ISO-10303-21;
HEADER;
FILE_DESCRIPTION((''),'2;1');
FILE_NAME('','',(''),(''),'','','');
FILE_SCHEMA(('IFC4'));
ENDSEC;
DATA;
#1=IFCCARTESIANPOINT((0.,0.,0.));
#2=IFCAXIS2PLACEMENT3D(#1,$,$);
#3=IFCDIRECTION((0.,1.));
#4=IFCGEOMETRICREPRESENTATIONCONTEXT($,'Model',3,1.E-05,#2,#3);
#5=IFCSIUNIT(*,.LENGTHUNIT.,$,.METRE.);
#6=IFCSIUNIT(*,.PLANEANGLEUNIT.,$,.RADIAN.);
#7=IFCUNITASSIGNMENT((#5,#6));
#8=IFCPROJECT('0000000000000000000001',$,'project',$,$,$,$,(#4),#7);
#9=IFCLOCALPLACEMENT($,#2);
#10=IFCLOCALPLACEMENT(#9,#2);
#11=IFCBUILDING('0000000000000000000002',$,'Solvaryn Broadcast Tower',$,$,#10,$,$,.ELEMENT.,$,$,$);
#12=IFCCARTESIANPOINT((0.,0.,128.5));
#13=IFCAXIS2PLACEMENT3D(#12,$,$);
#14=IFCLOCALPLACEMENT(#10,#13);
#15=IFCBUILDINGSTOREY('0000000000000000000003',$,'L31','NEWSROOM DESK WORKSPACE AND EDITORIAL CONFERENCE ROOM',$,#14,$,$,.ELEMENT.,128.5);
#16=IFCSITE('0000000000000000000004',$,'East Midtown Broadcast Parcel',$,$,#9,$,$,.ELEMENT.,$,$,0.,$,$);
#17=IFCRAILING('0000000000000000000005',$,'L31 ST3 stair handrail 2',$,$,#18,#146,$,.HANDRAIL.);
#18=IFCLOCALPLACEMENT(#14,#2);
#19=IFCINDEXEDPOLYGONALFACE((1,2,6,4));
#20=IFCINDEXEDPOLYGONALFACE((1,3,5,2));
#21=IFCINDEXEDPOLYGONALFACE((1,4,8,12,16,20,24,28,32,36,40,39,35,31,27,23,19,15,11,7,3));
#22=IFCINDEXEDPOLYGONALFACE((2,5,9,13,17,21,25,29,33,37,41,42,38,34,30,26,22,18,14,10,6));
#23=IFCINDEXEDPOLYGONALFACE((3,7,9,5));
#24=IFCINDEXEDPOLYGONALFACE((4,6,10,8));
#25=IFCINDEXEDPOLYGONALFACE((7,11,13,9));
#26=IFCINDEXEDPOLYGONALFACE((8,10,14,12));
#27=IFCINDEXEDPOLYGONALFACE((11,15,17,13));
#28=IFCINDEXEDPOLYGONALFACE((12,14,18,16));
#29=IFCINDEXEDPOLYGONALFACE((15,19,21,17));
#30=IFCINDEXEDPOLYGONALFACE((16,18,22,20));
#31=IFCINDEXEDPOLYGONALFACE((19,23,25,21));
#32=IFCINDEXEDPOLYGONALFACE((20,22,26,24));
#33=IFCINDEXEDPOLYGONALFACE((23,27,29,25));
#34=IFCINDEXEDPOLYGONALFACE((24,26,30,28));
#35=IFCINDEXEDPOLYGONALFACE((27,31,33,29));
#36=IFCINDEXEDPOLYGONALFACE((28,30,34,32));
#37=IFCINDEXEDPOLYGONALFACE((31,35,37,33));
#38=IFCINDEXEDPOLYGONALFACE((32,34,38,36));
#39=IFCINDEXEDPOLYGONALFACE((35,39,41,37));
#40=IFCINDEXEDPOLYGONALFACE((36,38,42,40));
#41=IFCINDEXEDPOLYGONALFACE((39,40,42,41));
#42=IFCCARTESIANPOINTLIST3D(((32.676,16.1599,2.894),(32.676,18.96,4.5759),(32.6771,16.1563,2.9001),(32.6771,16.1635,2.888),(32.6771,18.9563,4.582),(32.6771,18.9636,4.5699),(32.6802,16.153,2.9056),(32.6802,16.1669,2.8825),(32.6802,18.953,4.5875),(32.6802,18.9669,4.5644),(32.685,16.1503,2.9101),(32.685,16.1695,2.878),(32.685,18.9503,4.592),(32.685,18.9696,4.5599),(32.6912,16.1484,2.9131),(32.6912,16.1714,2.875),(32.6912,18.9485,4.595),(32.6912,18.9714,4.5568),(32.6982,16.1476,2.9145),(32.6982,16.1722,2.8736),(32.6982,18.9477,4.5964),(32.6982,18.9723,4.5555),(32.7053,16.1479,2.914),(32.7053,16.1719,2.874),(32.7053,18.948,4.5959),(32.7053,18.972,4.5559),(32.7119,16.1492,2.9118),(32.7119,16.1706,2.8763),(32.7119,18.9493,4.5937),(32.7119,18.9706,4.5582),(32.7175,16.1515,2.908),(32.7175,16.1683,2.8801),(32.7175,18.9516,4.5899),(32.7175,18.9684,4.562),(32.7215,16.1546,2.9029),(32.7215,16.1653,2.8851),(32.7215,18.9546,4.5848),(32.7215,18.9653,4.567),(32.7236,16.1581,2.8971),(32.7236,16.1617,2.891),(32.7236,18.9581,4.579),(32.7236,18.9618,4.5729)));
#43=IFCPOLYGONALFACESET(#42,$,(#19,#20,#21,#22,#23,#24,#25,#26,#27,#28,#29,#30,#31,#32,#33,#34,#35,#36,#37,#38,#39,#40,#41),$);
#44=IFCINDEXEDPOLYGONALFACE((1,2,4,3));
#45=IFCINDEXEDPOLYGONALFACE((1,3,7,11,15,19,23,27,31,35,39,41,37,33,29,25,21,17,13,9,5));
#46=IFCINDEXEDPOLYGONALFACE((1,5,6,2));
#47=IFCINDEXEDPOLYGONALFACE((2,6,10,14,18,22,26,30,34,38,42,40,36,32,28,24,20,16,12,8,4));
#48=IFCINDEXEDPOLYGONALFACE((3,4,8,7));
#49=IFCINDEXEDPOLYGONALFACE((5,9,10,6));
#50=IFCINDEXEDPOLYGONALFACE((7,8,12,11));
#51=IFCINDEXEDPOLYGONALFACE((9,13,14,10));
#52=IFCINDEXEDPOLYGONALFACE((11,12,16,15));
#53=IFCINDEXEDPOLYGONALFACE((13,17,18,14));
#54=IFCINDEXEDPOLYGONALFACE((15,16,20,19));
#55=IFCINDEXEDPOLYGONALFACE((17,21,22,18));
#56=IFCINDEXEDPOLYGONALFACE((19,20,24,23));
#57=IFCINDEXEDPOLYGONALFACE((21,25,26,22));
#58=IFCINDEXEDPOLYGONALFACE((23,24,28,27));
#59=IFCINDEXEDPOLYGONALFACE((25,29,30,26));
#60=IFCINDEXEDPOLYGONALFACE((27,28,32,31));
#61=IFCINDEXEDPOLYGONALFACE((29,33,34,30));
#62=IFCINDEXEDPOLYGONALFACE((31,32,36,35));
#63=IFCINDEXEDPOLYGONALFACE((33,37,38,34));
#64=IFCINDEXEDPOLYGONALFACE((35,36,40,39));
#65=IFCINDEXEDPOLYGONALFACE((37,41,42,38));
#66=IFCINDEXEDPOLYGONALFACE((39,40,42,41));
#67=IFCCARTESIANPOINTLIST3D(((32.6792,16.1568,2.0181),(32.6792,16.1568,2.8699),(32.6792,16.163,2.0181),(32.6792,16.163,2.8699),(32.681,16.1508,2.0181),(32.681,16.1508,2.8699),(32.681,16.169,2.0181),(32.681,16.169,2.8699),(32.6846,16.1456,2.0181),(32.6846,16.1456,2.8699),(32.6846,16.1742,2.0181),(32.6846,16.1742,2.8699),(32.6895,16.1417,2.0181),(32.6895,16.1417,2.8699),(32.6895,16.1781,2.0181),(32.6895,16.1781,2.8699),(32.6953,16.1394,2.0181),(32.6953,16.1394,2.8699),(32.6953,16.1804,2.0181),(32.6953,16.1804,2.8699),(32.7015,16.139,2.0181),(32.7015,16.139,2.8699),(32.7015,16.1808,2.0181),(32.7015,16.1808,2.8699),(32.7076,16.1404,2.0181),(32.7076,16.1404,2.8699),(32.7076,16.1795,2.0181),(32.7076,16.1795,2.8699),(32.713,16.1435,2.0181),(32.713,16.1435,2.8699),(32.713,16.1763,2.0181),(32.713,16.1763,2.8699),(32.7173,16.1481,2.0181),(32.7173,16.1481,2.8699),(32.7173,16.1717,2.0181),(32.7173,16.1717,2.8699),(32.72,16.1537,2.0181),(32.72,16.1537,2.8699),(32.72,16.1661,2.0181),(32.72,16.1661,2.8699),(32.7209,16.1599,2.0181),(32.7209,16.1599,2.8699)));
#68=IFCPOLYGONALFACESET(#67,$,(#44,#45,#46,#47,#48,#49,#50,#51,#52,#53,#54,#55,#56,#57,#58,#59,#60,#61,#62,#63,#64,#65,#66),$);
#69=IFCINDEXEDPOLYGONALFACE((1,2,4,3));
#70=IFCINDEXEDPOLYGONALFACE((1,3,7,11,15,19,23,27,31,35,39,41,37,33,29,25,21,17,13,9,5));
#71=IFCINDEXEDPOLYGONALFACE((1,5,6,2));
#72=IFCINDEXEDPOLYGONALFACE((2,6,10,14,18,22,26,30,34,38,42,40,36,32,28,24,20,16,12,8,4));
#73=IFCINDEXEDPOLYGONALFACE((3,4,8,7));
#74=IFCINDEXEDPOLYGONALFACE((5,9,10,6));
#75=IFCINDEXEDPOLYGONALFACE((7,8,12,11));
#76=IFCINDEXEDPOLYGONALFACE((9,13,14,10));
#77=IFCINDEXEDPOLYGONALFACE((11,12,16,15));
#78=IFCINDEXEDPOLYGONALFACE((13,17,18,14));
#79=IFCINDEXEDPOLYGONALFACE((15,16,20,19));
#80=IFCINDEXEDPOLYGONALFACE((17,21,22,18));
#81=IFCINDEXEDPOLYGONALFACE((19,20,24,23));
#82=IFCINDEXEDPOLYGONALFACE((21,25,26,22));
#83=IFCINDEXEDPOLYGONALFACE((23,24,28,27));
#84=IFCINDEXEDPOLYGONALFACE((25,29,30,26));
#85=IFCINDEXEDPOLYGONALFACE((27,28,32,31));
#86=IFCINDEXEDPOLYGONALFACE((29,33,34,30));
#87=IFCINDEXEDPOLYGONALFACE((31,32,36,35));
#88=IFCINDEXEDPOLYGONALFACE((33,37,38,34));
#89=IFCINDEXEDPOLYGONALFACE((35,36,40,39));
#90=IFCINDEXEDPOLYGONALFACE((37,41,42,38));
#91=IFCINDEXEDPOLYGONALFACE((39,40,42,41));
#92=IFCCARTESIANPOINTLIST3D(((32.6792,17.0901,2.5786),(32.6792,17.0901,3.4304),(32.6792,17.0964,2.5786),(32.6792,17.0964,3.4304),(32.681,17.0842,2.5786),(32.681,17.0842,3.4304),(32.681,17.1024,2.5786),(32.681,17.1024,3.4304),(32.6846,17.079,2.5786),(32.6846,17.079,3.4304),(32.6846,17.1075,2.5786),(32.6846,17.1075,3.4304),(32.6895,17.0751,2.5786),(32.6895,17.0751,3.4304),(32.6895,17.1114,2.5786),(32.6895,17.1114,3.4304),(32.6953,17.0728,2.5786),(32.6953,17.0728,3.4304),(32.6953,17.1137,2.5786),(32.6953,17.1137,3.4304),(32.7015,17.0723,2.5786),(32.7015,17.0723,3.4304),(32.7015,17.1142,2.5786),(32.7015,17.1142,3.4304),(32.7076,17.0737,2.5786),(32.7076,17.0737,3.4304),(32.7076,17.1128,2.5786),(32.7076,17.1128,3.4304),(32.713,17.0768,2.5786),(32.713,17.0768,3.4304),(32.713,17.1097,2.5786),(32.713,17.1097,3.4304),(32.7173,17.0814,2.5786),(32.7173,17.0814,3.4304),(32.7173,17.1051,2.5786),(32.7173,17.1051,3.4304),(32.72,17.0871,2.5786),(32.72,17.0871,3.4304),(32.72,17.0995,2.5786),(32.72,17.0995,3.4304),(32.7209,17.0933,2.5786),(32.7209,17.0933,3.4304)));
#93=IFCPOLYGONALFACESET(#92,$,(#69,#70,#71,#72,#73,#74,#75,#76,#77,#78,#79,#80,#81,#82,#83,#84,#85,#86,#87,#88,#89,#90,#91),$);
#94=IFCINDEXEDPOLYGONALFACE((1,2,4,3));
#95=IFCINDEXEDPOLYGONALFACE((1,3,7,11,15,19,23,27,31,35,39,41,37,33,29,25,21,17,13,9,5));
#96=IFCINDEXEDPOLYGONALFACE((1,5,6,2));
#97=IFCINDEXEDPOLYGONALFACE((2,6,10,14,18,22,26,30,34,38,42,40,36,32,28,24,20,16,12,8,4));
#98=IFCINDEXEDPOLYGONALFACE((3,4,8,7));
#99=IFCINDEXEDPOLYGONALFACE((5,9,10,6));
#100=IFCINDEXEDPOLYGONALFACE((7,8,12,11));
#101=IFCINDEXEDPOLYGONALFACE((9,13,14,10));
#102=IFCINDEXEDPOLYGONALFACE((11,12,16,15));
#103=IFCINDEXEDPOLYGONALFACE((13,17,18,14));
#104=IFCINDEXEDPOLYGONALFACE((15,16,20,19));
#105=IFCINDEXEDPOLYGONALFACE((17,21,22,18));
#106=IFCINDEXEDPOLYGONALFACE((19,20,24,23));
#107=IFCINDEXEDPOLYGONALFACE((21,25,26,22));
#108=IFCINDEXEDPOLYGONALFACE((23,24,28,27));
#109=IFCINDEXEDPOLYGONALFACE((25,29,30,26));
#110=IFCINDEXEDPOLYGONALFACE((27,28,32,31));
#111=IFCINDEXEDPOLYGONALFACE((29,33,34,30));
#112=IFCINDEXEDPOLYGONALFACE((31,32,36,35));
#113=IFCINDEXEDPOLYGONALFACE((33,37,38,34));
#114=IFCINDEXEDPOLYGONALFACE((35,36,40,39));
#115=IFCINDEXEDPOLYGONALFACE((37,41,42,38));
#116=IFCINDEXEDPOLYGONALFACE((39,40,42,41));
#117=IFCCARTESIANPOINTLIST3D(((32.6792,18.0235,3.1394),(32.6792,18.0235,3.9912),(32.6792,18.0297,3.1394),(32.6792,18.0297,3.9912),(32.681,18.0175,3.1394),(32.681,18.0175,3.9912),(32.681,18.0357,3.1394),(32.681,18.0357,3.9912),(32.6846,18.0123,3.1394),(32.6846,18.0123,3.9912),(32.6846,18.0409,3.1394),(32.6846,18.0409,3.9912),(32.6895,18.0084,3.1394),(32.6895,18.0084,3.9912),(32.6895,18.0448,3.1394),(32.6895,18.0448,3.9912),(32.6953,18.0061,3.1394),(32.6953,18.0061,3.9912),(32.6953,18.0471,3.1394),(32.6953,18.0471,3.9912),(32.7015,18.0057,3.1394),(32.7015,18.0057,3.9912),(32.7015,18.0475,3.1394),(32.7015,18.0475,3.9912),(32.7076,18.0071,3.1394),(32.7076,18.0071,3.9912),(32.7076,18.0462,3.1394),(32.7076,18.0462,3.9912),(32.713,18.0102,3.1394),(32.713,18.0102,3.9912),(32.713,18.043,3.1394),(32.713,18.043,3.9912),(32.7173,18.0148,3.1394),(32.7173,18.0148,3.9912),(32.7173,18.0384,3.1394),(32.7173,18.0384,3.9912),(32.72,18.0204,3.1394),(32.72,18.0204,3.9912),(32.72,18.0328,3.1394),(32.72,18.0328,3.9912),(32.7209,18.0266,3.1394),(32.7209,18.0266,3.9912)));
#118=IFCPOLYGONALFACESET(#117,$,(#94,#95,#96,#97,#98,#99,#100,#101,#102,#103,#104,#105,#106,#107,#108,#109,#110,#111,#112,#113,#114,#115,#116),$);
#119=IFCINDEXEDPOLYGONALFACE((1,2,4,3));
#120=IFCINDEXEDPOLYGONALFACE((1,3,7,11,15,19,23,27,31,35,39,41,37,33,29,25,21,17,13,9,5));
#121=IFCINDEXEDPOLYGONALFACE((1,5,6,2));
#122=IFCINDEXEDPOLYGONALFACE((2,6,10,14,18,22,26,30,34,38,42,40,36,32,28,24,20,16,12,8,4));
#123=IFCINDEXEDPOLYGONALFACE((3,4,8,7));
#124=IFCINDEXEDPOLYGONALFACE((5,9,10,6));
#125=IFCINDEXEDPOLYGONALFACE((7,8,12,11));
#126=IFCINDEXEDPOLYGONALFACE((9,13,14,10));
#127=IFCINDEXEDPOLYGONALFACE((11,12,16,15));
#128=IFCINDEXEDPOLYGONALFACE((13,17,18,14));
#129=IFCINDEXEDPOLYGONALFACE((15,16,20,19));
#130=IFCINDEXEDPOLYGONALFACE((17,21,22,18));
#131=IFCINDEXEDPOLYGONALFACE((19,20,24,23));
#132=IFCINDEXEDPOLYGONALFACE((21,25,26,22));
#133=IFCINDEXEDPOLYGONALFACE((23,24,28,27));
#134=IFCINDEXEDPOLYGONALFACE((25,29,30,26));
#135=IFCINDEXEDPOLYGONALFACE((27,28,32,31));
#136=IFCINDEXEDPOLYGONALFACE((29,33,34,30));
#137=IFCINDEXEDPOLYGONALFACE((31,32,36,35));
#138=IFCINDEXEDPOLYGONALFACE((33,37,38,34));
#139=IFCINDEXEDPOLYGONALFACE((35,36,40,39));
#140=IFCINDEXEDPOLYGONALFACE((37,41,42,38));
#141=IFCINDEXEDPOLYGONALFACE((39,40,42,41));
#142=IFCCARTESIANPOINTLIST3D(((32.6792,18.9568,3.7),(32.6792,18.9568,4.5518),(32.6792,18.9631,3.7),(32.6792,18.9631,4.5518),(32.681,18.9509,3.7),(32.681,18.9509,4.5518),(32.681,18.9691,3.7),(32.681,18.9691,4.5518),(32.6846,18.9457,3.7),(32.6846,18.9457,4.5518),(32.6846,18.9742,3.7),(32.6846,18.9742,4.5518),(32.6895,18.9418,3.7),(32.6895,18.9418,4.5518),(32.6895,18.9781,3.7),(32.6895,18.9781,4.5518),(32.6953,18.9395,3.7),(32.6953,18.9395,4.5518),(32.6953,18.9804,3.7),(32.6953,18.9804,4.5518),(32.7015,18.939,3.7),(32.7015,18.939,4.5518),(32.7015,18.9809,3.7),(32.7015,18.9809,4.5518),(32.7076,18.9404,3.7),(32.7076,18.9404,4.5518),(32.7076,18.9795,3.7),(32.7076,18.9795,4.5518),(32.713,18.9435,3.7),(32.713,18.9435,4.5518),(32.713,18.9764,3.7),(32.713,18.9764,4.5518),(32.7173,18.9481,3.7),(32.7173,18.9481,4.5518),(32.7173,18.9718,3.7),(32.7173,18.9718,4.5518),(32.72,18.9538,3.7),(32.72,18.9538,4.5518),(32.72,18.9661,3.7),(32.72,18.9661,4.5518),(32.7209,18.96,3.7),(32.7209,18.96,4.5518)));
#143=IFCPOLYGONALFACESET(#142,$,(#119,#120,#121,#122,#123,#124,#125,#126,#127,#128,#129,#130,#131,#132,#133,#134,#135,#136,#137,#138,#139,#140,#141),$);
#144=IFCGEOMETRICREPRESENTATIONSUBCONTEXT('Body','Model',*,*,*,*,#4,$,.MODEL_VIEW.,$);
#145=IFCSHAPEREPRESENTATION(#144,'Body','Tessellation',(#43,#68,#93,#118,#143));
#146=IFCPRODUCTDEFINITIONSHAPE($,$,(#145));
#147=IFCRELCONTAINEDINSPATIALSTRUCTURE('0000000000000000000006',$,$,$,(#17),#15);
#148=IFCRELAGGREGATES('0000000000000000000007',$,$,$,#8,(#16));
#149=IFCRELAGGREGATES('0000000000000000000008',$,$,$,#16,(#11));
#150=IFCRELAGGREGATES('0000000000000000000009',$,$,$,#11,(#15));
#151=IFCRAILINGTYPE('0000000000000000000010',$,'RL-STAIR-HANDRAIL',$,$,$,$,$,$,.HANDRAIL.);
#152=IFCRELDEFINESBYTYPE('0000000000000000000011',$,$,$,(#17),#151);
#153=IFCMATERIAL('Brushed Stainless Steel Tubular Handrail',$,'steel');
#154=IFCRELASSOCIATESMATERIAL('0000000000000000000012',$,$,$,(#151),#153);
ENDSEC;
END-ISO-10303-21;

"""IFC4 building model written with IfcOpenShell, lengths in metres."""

from ifc_helpers import new_model, si_unit, direction, frame, origin, origin_2d, place, context, subcontext, project, spatial, circle, extrude, material, type_object, element, save


model = new_model("IFC4")

# Units and contexts
model_context = context("Model", 3, precision=1e-05, world=origin(), true_north=direction((0.0, 1.0)))
body_context = subcontext(model_context, "Body", "Model", "MODEL_VIEW")
ifc_project = project(units=[si_unit("LENGTHUNIT", "METRE"), si_unit("PLANEANGLEUNIT", "RADIAN")], contexts=[model_context])

# Site, building, storey
site_placement = place(None, origin())
site = spatial("IfcSite", under=ifc_project, at=site_placement, Name="East Midtown Broadcast Parcel", CompositionType="ELEMENT", RefElevation=0.0)
building_placement = place(site_placement, origin())
building = spatial("IfcBuilding", under=site, at=building_placement, Name="Solvaryn Broadcast Tower", CompositionType="ELEMENT")
storey_placement = place(building_placement, frame((0.0, 0.0, 128.5)))
storey = spatial("IfcBuildingStorey", under=building, at=storey_placement, Name="L31", Description="NEWSROOM DESK WORKSPACE AND EDITORIAL CONFERENCE ROOM", CompositionType="ELEMENT", Elevation=128.5)

# Railing
ifc_material_1 = material(Name="Brushed Stainless Steel Tubular Handrail", Category="steel")
railing_type_1 = type_object("IfcRailingType", Name="RL-STAIR-HANDRAIL", PredefinedType="HANDRAIL", material=ifc_material_1)
railing_1_placement = place(storey_placement, frame((32.7, 16.1599, 2.0181)))
element("IfcRailing", 1, at=railing_1_placement, inside=storey, type_object=railing_type_1, Name="L31 ST3 stair handrail 2", PredefinedType="HANDRAIL", context=body_context, shape_type="SweptSolid", body=[
    extrude(circle(Radius=0.0239, at=origin_2d()), frame((0.0, 0.0, 0.876), z_axis=(0.0, 0.857242, 0.514913), x_axis=(-1.0, 0.0, 0.0)), (0.0, 0.0, 1.0), 3.2664),
    extrude(circle(Radius=0.021, at=origin_2d()), origin(), (0.0, 0.0, 1.0), 0.8518),
    extrude(circle(Radius=0.021, at=origin_2d()), frame((0.0, 0.9333, 0.5605)), (0.0, 0.0, 1.0), 0.8518),
    extrude(circle(Radius=0.021, at=origin_2d()), frame((0.0, 1.8667, 1.1213)), (0.0, 0.0, 1.0), 0.8518),
    extrude(circle(Radius=0.021, at=origin_2d()), frame((0.0, 2.8, 1.6819)), (0.0, 0.0, 1.0), 0.8518),
])

save(model, "model.ifc")
